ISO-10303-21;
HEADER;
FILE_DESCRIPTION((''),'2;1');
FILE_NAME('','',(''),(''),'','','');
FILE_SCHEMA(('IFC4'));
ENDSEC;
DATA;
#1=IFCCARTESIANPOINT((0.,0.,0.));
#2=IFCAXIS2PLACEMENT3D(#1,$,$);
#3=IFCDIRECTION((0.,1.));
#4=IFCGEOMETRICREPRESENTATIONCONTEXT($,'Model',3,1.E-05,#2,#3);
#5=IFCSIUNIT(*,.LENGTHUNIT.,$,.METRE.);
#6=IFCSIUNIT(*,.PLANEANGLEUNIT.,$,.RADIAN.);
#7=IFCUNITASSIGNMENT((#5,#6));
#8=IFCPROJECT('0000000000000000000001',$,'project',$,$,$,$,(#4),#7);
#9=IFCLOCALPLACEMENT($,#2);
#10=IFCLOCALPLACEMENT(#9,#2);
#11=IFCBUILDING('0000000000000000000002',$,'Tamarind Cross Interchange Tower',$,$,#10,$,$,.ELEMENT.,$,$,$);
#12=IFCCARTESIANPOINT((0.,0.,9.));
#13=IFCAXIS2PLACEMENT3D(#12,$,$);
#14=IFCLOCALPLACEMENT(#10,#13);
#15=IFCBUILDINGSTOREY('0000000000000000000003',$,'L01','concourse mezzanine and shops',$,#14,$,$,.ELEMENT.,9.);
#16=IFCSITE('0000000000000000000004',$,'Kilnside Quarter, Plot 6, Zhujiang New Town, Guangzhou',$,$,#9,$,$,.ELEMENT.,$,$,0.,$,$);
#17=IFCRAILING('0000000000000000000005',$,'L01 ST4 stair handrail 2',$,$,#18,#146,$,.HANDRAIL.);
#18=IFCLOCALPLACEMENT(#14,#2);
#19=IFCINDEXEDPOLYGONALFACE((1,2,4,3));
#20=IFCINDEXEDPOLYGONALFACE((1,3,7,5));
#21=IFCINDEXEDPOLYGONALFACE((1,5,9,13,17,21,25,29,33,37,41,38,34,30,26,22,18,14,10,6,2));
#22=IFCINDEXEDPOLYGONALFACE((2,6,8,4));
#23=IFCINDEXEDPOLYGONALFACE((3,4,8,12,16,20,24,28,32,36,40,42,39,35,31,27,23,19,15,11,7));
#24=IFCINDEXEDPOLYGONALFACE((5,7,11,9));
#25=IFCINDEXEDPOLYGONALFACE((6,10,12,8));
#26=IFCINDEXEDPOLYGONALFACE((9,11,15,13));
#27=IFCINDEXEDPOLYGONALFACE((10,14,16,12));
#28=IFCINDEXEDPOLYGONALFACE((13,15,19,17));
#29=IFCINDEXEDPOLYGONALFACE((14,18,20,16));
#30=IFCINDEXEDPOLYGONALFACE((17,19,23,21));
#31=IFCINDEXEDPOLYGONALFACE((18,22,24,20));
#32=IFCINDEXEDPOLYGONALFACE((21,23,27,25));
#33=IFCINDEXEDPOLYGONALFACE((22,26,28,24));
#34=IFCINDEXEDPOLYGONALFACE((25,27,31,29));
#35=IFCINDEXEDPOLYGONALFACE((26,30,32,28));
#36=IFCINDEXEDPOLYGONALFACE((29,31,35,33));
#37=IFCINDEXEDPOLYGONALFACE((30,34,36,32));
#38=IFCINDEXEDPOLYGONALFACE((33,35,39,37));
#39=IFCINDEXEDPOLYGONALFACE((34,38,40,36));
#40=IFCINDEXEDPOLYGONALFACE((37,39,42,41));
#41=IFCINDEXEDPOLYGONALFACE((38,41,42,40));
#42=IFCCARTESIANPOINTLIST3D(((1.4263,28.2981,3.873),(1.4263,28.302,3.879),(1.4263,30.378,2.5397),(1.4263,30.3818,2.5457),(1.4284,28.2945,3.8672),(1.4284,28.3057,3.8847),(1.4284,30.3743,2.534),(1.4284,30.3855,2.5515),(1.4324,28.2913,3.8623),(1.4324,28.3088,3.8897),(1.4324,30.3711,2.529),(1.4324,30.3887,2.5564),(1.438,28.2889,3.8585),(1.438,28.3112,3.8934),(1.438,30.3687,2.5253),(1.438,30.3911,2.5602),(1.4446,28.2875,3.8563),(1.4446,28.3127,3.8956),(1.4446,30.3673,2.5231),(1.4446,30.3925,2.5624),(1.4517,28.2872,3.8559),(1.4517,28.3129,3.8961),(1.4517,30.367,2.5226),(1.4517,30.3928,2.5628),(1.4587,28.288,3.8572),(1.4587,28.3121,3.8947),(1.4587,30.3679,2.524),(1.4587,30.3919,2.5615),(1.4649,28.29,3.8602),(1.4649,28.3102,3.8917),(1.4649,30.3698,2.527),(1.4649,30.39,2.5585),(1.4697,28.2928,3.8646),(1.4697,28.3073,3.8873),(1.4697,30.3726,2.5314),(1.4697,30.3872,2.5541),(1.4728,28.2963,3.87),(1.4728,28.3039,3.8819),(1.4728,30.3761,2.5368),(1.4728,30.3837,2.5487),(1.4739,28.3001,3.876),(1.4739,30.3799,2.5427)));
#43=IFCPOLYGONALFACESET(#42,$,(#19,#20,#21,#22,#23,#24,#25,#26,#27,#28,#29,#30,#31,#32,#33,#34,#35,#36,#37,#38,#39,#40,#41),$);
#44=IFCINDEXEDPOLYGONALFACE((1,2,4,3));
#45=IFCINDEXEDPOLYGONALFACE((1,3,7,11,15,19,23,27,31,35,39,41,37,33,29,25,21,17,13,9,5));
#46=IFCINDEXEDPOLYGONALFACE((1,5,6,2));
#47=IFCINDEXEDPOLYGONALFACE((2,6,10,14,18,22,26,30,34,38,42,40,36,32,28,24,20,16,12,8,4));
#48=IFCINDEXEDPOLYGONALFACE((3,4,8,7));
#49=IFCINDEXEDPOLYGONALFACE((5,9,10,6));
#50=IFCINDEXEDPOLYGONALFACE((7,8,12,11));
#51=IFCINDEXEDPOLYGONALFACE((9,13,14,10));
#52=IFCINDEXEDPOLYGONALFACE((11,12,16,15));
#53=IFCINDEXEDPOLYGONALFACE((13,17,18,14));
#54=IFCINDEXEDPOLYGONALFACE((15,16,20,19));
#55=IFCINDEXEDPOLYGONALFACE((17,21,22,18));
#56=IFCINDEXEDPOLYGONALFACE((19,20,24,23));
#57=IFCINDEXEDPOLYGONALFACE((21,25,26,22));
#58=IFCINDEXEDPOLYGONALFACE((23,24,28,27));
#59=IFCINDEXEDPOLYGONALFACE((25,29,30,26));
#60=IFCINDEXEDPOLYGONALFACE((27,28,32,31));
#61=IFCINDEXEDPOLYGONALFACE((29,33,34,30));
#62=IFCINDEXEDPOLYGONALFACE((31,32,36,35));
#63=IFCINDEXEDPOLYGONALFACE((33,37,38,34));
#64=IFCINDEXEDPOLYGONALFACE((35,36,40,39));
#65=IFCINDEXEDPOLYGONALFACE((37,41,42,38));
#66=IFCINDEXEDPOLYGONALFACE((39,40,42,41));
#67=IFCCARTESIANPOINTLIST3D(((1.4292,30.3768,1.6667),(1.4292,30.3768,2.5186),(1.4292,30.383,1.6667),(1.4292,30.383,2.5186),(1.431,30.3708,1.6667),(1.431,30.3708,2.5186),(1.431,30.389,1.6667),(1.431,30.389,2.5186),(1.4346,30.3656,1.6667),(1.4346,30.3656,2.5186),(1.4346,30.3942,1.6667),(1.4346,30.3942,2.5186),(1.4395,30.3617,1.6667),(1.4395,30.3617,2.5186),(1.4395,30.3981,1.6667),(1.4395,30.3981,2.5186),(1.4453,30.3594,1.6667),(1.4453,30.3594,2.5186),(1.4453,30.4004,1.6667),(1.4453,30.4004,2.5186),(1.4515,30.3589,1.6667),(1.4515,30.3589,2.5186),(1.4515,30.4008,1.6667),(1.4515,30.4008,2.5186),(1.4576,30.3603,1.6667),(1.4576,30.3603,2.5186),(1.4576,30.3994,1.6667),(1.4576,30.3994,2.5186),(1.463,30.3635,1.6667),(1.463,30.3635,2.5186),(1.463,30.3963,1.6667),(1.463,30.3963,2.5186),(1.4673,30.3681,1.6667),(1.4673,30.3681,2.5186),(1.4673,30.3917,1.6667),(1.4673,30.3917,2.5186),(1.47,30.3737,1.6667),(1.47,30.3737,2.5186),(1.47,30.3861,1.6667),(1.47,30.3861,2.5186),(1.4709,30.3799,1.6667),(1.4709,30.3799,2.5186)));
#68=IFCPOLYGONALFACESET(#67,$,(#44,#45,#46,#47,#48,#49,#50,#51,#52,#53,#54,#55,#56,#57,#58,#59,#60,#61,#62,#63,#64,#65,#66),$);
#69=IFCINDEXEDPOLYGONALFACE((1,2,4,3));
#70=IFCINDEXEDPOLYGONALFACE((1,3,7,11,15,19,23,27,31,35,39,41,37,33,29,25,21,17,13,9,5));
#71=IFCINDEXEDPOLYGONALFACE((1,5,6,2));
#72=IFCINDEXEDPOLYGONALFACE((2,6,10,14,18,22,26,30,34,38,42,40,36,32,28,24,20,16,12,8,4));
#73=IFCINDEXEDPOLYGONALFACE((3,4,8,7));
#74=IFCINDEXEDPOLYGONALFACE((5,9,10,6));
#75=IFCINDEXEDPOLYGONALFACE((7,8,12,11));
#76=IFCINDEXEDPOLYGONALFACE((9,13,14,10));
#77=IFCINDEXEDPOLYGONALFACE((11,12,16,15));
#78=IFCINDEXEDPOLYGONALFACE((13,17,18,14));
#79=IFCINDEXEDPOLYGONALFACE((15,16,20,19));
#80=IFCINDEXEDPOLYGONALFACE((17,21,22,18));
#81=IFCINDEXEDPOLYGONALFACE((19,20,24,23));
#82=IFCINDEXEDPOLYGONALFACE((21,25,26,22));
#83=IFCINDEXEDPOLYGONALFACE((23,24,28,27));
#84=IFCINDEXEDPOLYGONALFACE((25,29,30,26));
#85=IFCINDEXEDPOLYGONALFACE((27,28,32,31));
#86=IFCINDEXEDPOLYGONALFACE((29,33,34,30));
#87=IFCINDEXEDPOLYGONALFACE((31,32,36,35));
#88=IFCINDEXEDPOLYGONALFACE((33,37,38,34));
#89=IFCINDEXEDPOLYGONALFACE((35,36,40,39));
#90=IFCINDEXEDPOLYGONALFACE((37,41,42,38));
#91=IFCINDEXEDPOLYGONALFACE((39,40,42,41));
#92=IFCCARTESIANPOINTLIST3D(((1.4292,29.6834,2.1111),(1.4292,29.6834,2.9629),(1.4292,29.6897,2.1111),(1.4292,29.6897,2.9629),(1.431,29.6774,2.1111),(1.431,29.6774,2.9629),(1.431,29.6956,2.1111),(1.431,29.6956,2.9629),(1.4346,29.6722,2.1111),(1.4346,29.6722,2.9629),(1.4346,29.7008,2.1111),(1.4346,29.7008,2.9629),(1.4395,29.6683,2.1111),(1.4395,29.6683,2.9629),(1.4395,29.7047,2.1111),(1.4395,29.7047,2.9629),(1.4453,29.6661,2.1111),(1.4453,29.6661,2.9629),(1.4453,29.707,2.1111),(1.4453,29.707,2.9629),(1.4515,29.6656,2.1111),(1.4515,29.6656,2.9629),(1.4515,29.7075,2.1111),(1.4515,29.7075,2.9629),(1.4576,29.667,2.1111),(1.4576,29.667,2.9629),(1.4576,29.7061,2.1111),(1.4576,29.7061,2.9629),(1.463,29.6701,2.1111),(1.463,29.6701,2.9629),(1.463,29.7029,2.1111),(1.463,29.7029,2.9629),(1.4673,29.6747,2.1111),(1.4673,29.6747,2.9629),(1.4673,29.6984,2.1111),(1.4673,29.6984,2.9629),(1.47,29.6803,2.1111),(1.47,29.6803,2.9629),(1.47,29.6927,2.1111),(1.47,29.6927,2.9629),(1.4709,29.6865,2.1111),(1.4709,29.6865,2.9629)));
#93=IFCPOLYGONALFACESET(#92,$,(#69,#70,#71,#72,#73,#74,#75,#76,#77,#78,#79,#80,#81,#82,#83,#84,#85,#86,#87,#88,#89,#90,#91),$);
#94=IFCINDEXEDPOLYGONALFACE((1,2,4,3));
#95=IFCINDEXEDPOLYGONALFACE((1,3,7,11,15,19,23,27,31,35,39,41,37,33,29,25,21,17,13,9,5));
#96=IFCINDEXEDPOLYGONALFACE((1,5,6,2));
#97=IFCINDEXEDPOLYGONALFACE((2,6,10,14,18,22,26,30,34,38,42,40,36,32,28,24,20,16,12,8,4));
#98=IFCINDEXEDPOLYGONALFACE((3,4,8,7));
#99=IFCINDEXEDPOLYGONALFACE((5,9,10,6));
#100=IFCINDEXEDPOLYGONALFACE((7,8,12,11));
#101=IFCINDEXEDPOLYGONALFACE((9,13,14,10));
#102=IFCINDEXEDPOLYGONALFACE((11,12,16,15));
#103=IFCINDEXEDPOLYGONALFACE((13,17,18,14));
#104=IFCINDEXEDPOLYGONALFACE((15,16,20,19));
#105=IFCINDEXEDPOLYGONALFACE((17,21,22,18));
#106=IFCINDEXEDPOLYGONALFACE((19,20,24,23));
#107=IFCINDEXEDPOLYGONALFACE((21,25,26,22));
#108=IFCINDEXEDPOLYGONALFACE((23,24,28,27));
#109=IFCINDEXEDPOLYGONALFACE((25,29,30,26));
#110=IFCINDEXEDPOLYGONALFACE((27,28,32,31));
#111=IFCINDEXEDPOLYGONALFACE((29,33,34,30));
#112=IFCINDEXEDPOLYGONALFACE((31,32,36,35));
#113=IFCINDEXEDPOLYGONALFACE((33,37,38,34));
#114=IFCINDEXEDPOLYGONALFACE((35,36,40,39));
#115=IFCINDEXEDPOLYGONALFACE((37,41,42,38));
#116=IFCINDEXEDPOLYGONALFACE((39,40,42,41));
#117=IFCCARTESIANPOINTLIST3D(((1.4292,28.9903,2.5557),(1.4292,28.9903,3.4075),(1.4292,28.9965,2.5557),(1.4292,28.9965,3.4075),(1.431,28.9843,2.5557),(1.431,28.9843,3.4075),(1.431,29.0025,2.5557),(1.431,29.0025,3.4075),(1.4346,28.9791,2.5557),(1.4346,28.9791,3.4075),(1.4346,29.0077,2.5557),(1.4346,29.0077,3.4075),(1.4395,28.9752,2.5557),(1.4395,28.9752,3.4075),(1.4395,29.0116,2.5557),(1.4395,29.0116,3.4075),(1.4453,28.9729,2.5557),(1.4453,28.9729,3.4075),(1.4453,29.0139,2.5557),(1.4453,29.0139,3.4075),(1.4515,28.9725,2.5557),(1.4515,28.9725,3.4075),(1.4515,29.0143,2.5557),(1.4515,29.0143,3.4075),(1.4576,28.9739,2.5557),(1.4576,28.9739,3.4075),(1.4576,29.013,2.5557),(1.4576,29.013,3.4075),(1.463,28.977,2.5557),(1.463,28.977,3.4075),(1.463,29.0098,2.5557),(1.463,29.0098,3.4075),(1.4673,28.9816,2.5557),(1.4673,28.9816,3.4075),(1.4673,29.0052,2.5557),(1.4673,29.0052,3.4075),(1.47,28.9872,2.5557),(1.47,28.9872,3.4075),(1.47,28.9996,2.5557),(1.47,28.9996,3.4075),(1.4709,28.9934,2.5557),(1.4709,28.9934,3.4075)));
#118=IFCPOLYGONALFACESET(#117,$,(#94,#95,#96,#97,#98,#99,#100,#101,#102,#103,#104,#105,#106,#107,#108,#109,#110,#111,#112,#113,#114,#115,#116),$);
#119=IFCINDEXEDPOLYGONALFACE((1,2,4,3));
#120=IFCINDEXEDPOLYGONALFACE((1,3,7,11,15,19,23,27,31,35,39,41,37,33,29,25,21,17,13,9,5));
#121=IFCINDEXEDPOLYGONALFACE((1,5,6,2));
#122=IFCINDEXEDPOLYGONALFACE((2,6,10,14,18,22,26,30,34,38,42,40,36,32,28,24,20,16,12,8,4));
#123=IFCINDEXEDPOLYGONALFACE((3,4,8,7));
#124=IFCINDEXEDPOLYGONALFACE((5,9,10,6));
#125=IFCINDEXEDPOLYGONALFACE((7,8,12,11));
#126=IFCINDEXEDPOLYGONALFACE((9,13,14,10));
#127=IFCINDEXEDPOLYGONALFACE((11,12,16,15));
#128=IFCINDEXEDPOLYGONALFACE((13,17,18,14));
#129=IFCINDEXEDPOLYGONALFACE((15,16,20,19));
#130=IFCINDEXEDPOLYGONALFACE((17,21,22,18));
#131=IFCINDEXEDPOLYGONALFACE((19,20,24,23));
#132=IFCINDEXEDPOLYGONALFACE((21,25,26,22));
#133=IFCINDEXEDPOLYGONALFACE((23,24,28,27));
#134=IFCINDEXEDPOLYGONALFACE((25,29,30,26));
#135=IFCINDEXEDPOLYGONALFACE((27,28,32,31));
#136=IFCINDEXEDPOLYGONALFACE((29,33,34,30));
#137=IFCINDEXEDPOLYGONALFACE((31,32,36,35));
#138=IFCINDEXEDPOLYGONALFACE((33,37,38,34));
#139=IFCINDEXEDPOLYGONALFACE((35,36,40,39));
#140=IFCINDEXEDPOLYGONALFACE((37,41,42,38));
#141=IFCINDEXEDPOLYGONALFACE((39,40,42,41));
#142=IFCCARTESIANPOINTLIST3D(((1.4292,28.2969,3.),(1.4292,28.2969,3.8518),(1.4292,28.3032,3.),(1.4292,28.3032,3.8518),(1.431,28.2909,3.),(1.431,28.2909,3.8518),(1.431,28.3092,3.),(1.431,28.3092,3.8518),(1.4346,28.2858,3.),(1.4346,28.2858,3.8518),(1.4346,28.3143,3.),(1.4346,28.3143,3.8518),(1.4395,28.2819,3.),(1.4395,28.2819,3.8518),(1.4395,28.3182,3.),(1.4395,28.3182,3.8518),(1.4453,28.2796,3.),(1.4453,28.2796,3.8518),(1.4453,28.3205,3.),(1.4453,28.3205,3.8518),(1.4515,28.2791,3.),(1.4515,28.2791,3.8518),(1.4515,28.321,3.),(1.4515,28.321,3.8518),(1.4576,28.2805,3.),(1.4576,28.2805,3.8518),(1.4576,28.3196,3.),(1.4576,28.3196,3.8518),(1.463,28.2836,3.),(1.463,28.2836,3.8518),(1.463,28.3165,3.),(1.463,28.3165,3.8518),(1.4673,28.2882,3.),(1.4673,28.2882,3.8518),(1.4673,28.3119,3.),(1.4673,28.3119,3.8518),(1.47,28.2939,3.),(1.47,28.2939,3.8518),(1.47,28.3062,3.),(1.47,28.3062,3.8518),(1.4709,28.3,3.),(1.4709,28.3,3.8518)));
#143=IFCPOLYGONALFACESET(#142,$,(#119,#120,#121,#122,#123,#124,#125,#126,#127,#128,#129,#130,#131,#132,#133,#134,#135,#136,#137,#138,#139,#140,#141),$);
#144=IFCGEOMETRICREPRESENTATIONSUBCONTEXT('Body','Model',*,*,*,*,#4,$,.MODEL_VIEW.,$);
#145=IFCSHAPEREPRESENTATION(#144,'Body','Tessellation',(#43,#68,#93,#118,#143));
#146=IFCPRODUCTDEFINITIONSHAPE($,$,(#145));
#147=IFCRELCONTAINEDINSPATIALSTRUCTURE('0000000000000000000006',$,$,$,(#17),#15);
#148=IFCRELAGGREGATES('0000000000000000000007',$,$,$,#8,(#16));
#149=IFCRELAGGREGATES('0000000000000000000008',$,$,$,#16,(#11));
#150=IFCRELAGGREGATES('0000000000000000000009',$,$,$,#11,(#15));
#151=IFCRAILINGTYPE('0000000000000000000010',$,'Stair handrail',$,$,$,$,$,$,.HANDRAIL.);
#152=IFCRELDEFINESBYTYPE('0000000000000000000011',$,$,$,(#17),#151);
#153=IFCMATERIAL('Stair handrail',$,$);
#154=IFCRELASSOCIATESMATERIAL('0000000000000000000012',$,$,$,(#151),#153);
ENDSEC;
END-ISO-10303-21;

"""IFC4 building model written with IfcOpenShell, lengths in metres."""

from ifc_helpers import new_model, si_unit, direction, frame, origin, origin_2d, place, context, subcontext, project, spatial, circle, extrude, material, type_object, element, save


model = new_model("IFC4")

# Units and contexts
model_context = context("Model", 3, precision=1e-05, world=origin(), true_north=direction((0.0, 1.0)))
body_context = subcontext(model_context, "Body", "Model", "MODEL_VIEW")
ifc_project = project(units=[si_unit("LENGTHUNIT", "METRE"), si_unit("PLANEANGLEUNIT", "RADIAN")], contexts=[model_context])

# Site, building, storey
site_placement = place(None, origin())
site = spatial("IfcSite", under=ifc_project, at=site_placement, Name="Kilnside Quarter, Plot 6, Zhujiang New Town, Guangzhou", CompositionType="ELEMENT", RefElevation=0.0)
building_placement = place(site_placement, origin())
building = spatial("IfcBuilding", under=site, at=building_placement, Name="Tamarind Cross Interchange Tower", CompositionType="ELEMENT")
storey_placement = place(building_placement, frame((0.0, 0.0, 9.0)))
storey = spatial("IfcBuildingStorey", under=building, at=storey_placement, Name="L01", Description="concourse mezzanine and shops", CompositionType="ELEMENT", Elevation=9.0)

# Railing
ifc_material_1 = material(Name="Stair handrail")
railing_type_1 = type_object("IfcRailingType", Name="Stair handrail", PredefinedType="HANDRAIL", material=ifc_material_1)
railing_1_placement = place(storey_placement, frame((1.45, 30.3799, 1.6667)))
element("IfcRailing", 1, at=railing_1_placement, inside=storey, type_object=railing_type_1, Name="L01 ST4 stair handrail 2", PredefinedType="HANDRAIL", context=body_context, shape_type="SweptSolid", body=[
    extrude(circle(Radius=0.0239, at=origin_2d()), frame((0.0, 0.0, 0.876), z_axis=(0.0, -0.841875, 0.539673), x_axis=(1.0, 0.0, 0.0)), (0.0, 0.0, 1.0), 2.4705),
    extrude(circle(Radius=0.021, at=origin_2d()), origin(), (0.0, 0.0, 1.0), 0.8518),
    extrude(circle(Radius=0.021, at=origin_2d()), frame((0.0, -0.6934, 0.4443)), (0.0, 0.0, 1.0), 0.8518),
    extrude(circle(Radius=0.021, at=origin_2d()), frame((0.0, -1.3865, 0.8889)), (0.0, 0.0, 1.0), 0.8518),
    extrude(circle(Radius=0.021, at=origin_2d()), frame((0.0, -2.0798, 1.3333)), (0.0, 0.0, 1.0), 0.8518),
])

save(model, "model.ifc")
